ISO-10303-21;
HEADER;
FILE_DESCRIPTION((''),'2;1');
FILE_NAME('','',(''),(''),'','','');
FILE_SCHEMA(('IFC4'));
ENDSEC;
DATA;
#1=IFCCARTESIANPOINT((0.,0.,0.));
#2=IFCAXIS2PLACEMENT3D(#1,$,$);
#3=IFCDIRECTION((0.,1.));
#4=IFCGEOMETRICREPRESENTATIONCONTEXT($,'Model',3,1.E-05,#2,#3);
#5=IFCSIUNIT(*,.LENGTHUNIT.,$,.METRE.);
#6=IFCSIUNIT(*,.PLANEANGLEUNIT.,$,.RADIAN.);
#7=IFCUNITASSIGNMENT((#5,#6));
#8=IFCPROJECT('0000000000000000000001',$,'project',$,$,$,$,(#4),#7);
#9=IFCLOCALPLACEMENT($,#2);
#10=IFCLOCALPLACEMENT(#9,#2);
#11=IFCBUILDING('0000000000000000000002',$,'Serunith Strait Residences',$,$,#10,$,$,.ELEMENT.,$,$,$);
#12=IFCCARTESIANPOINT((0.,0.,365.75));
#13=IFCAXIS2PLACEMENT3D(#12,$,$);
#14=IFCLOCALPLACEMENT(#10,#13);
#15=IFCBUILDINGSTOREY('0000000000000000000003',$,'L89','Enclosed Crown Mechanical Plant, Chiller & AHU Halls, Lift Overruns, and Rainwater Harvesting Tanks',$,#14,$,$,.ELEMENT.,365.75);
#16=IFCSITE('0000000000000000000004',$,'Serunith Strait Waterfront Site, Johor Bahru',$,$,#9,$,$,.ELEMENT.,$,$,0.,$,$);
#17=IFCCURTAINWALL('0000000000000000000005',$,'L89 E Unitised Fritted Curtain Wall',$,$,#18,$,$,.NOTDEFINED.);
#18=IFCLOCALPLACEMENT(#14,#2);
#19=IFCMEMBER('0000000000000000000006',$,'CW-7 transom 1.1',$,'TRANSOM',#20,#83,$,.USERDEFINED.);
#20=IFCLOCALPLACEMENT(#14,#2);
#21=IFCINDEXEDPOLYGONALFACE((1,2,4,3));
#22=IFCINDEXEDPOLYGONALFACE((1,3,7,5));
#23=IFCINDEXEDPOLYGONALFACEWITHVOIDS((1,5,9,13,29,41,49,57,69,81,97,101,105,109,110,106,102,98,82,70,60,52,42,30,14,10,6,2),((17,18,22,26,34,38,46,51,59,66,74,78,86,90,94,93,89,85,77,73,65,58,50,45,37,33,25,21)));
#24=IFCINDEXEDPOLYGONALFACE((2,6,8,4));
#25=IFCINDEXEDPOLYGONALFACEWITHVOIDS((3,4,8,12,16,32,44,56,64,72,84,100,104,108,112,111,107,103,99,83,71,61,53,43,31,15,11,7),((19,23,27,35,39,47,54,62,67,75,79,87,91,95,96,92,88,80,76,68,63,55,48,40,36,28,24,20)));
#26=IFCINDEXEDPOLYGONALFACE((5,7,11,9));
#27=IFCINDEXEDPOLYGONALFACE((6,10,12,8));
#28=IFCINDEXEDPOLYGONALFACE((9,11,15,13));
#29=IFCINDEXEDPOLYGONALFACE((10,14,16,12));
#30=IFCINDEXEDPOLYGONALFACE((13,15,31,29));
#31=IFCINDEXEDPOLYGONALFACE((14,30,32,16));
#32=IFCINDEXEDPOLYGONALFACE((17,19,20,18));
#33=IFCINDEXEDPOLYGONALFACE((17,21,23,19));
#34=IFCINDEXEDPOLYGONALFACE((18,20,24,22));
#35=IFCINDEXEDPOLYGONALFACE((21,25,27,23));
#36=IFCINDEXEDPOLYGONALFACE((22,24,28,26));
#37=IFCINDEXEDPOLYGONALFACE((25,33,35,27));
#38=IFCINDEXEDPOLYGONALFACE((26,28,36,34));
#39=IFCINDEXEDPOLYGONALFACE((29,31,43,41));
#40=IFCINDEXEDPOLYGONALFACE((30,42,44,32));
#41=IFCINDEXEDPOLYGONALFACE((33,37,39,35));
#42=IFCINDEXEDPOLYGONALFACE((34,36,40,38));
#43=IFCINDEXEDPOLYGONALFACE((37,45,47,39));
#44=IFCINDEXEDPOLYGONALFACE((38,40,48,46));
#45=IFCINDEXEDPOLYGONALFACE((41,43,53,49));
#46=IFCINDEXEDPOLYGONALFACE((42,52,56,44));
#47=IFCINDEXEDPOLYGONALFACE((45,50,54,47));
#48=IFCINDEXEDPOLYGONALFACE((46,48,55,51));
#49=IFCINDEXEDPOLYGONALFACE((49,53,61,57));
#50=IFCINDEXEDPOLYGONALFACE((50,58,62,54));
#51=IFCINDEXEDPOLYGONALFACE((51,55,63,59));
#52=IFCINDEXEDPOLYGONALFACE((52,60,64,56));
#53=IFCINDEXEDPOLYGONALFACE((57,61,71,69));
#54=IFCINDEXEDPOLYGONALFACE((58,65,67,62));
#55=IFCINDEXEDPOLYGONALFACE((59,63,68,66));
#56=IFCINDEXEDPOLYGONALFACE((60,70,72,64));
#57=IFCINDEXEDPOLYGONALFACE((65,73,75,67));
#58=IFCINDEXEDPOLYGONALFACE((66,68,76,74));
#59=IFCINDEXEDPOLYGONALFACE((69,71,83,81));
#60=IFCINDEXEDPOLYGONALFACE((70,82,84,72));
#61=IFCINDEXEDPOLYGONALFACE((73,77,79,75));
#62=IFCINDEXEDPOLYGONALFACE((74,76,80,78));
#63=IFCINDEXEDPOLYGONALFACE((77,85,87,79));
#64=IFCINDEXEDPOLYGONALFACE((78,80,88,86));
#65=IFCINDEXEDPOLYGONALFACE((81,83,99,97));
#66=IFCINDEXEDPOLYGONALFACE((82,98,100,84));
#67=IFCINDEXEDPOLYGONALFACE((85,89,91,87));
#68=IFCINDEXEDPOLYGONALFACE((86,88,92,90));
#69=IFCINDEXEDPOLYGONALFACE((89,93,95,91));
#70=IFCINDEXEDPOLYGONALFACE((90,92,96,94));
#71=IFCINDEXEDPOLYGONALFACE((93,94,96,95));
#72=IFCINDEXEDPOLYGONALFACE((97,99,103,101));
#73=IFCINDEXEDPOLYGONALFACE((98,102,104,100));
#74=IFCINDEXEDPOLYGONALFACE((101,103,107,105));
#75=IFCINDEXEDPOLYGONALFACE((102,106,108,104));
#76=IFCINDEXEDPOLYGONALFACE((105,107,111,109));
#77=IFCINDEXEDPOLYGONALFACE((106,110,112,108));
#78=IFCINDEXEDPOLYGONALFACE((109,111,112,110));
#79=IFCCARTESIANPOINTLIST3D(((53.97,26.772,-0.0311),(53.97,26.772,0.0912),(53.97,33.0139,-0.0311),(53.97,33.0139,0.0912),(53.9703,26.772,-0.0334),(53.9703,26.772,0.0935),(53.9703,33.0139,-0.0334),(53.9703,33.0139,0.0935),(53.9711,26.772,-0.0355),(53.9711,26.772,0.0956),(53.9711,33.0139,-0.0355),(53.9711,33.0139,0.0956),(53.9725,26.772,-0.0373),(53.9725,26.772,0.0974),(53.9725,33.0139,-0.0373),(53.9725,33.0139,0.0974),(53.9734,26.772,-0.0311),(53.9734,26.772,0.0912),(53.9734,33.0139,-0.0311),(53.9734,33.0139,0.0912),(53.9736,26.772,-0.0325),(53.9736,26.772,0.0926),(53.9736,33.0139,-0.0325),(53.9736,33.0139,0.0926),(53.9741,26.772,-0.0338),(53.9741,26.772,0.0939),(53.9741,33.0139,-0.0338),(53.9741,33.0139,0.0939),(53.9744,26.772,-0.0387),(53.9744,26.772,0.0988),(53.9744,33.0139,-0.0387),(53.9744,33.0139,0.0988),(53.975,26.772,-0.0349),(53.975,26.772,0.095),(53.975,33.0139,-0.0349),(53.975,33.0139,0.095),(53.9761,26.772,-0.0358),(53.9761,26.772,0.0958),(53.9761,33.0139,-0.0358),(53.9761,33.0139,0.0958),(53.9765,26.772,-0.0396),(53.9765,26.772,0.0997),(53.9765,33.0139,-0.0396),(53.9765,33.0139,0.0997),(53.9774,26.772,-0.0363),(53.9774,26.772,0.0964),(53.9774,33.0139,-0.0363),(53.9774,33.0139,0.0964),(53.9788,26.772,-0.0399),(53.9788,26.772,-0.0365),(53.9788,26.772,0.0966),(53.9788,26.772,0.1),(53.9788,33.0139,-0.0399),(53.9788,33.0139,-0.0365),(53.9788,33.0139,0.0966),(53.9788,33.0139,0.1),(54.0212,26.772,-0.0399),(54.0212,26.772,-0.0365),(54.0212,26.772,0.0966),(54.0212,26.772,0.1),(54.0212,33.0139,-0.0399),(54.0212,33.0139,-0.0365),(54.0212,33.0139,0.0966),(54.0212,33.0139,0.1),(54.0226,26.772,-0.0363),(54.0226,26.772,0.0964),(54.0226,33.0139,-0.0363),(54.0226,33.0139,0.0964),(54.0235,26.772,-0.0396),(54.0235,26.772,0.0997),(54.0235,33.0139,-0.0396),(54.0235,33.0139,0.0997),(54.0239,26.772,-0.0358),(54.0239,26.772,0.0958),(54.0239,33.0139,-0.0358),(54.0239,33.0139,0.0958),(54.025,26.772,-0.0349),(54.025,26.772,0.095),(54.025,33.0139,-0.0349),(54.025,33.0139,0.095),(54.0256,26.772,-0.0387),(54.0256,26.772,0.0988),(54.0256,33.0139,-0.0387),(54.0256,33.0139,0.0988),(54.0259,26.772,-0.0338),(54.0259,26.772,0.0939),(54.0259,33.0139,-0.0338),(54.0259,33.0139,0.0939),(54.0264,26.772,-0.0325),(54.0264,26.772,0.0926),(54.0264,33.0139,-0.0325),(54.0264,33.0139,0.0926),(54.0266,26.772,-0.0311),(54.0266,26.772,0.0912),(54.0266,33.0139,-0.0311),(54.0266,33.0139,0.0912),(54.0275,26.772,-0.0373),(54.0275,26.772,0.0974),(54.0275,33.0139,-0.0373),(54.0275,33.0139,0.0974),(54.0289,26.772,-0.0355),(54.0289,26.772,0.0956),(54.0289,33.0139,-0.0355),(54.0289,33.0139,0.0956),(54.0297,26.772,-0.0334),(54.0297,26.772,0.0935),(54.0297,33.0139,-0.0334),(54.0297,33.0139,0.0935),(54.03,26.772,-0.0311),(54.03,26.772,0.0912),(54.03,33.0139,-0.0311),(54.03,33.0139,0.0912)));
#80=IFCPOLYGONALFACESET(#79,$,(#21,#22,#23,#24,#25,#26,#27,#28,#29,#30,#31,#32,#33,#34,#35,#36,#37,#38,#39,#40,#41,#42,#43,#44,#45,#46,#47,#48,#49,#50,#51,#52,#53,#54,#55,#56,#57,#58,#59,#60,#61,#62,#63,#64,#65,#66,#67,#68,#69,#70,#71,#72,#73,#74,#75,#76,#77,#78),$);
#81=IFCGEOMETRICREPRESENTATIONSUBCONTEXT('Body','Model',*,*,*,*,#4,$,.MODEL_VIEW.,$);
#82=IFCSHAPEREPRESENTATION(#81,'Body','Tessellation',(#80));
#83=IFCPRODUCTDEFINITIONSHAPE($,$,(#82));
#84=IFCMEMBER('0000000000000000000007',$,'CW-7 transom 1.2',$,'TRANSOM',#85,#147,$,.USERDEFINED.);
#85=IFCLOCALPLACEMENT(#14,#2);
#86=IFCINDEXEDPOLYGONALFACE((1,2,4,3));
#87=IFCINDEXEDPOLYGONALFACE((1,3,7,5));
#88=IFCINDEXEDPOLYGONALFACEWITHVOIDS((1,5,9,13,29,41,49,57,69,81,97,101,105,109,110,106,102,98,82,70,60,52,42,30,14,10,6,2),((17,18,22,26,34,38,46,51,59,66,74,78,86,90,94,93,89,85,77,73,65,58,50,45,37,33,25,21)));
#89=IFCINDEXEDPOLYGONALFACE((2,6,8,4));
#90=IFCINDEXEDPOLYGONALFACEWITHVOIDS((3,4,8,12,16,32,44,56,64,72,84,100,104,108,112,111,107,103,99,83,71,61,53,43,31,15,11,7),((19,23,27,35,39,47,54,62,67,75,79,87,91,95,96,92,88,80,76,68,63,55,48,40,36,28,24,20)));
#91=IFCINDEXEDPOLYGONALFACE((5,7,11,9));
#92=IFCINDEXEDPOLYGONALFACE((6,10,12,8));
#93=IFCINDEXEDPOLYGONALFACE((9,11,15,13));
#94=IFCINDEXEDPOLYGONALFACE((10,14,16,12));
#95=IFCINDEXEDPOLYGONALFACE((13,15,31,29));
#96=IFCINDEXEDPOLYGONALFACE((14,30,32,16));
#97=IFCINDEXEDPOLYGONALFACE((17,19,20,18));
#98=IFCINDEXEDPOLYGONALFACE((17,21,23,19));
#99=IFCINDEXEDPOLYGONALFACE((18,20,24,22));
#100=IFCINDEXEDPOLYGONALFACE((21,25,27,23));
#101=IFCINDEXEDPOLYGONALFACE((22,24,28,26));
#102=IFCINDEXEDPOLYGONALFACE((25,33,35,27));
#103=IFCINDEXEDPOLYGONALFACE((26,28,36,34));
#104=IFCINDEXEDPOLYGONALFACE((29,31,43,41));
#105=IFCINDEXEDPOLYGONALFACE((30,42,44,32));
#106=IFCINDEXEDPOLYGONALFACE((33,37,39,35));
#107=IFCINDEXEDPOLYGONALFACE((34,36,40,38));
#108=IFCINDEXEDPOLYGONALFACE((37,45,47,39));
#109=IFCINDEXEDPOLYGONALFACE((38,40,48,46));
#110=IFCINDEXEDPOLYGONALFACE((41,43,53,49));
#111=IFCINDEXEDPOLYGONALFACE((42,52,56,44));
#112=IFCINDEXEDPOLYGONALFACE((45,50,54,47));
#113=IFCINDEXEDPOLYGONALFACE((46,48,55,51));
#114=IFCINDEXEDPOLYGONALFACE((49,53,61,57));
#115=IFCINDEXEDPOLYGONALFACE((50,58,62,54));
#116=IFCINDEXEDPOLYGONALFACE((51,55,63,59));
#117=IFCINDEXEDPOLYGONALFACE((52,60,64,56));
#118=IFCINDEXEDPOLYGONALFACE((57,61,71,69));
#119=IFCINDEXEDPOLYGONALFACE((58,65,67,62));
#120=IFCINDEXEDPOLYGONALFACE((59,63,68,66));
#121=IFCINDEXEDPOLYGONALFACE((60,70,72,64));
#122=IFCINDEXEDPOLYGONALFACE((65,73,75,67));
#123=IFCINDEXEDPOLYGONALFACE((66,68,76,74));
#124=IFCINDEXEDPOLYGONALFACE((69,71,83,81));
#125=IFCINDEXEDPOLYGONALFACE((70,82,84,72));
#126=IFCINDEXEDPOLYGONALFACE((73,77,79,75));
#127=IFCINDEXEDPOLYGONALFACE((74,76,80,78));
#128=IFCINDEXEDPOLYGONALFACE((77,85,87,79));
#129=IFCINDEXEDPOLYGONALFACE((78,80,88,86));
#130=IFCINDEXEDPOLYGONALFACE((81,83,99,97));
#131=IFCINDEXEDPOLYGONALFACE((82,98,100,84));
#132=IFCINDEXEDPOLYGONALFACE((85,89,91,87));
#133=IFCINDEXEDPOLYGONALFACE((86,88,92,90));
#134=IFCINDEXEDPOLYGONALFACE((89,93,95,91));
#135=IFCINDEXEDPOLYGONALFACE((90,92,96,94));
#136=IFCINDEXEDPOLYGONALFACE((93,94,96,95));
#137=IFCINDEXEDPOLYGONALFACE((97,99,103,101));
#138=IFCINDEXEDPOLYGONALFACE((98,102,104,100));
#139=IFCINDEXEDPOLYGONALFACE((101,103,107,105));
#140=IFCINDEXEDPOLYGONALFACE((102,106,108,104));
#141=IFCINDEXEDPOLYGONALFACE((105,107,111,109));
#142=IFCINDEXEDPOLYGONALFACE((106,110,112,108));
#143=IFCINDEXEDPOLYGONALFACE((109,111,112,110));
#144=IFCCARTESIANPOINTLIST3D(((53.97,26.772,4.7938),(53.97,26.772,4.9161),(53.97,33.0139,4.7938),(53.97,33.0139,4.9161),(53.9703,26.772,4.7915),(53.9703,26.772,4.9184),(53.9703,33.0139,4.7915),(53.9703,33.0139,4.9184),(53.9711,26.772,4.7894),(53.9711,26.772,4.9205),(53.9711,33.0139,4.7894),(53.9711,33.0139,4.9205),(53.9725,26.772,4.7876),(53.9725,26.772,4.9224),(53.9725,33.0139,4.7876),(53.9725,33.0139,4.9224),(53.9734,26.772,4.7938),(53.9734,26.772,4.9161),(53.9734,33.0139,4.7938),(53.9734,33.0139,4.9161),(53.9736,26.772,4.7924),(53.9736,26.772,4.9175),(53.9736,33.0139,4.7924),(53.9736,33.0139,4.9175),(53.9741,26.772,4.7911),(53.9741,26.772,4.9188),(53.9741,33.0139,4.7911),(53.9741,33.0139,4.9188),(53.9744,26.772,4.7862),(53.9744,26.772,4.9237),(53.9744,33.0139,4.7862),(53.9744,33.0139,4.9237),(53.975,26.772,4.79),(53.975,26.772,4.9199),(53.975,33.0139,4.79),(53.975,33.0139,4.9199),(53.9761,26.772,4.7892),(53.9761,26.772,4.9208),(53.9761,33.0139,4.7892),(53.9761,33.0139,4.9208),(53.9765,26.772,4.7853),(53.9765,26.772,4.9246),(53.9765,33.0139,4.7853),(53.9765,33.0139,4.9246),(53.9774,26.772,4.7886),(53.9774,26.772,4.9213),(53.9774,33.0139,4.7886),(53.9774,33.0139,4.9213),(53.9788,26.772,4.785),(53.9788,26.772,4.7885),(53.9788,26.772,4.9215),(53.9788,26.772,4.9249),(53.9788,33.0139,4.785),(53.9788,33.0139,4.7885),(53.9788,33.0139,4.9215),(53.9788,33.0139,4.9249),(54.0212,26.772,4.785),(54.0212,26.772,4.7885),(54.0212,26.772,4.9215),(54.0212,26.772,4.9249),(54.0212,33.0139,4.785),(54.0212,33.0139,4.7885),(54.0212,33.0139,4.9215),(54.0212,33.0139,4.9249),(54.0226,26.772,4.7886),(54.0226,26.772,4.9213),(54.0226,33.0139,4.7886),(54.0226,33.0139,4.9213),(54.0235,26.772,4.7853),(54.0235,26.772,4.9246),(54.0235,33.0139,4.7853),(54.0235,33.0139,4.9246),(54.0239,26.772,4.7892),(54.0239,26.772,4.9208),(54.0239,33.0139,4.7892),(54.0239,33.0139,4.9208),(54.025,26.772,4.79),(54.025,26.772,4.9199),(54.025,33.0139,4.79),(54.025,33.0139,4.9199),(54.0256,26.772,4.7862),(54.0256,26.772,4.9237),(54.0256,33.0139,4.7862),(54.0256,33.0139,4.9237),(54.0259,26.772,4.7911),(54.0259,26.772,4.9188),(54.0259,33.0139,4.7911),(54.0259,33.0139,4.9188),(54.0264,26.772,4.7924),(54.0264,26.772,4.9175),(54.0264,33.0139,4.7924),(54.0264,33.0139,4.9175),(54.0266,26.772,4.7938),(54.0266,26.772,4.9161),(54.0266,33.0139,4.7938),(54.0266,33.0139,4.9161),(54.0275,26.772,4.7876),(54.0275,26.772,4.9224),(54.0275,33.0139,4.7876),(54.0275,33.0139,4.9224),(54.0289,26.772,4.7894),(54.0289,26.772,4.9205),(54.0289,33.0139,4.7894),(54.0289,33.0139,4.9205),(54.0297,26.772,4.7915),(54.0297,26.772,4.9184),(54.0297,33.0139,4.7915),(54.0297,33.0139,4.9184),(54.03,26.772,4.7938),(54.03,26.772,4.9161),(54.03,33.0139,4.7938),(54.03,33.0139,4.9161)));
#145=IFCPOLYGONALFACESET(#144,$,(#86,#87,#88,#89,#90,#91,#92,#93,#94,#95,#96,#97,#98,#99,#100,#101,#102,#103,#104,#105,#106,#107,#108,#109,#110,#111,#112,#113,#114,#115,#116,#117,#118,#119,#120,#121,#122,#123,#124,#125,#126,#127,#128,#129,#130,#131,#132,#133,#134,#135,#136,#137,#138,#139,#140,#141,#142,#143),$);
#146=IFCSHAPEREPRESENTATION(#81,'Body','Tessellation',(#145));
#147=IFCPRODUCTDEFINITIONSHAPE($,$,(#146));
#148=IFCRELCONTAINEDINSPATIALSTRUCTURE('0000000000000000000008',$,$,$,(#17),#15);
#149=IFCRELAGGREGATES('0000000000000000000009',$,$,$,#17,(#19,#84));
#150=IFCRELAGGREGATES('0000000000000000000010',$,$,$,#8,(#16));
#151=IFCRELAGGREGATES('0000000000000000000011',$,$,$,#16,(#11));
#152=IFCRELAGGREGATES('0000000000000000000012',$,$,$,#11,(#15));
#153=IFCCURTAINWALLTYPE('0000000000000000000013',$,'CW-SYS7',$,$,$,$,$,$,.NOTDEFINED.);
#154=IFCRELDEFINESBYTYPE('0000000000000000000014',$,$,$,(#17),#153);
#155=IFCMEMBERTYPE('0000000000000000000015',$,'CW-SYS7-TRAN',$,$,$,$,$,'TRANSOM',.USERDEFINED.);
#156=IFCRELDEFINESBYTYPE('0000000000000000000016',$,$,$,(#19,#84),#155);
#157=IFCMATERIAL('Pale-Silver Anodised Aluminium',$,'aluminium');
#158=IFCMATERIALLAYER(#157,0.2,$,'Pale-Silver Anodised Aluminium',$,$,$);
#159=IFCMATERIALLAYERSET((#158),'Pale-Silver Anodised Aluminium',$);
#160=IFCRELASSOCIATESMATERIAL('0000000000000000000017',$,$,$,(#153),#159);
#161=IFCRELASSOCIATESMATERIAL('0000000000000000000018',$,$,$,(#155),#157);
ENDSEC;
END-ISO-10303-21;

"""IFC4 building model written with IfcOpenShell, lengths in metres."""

from ifc_helpers import new_model, si_unit, direction, frame, origin, origin_2d, place, context, subcontext, project, spatial, hollow_rectangle, extrude, source, transform, mapped, material, layer, layer_set, material_profile, profile_set, type_object, element, aggregate, save


model = new_model("IFC4")

# Units and contexts
model_context = context("Model", 3, precision=1e-05, world=origin(), true_north=direction((0.0, 1.0)))
body_context = subcontext(model_context, "Body", "Model", "MODEL_VIEW")
ifc_project = project(units=[si_unit("LENGTHUNIT", "METRE"), si_unit("PLANEANGLEUNIT", "RADIAN")], contexts=[model_context])

# Site, building, storey
site_placement = place(None, origin())
site = spatial("IfcSite", under=ifc_project, at=site_placement, Name="Serunith Strait Waterfront Site, Johor Bahru", CompositionType="ELEMENT", RefElevation=0.0)
building_placement = place(site_placement, origin())
building = spatial("IfcBuilding", under=site, at=building_placement, Name="Serunith Strait Residences", CompositionType="ELEMENT")
storey_placement = place(building_placement, frame((0.0, 0.0, 365.75)))
storey = spatial("IfcBuildingStorey", under=building, at=storey_placement, Name="L89", Description="Enclosed Crown Mechanical Plant, Chiller & AHU Halls, Lift Overruns, and Rainwater Harvesting Tanks", CompositionType="ELEMENT", Elevation=365.75)

# Curtain wall
ifc_material_1 = material(Name="Pale-Silver Anodised Aluminium", Category="aluminium")
ifc_layer_1 = layer(ifc_material_1, 0.2, Name="Pale-Silver Anodised Aluminium")
ifc_layer_set_1 = layer_set([ifc_layer_1], Name="Pale-Silver Anodised Aluminium")
curtain_wall_type = type_object("IfcCurtainWallType", Name="CW-SYS7", PredefinedType="NOTDEFINED", material=ifc_layer_set_1)
curtain_wall_1_placement = place(storey_placement, origin())
curtain_wall_1 = element("IfcCurtainWall", 1, at=curtain_wall_1_placement, inside=storey, type_object=curtain_wall_type, Name="L89 E Unitised Fritted Curtain Wall", PredefinedType="NOTDEFINED")
ifc_material_profile_1 = material_profile(ifc_material_1, hollow_rectangle(XDim=0.0601, YDim=0.1399, WallThickness=0.0034, InnerFilletRadius=0.0054, OuterFilletRadius=0.0088, at=origin_2d()), Name="ALU 140x60x3.5")
ifc_profile_set_1 = profile_set([ifc_material_profile_1], Name="Pale-Silver Anodised Aluminium")
member_type_1 = type_object("IfcMemberType", Name="CW-SYS7-TRAN", ElementType="TRANSOM", PredefinedType="USERDEFINED", material=ifc_profile_set_1)

# Members
shared_shape_1 = source(origin(), body_context, "Body", "SweptSolid", [
    extrude(hollow_rectangle(XDim=0.0601, YDim=0.1399, WallThickness=0.0034, InnerFilletRadius=0.0054, OuterFilletRadius=0.0088, at=origin_2d()), origin(), (0.0, 0.0, 1.0), 6.2419),
])
member_1_placement = place(storey_placement, frame((54.0, 26.772, 0.03), z_axis=(0.0, 1.0, 0.0), x_axis=(-1.0, 0.0, 0.0)))
member_1 = element("IfcMember", 2, at=member_1_placement, type_object=member_type_1, Name="CW-7 transom 1.1", ObjectType="TRANSOM", PredefinedType="USERDEFINED", context=body_context, shape_type="MappedRepresentation", body=[
    mapped(shared_shape_1, transform((0.0, 0.0, 0.0), scale=1.0)),
])
member_2_placement = place(storey_placement, frame((54.0, 26.772, 4.855), z_axis=(0.0, 1.0, 0.0), x_axis=(-1.0, 0.0, 0.0)))
member_2 = element("IfcMember", 3, at=member_2_placement, type_object=member_type_1, Name="CW-7 transom 1.2", ObjectType="TRANSOM", PredefinedType="USERDEFINED", context=body_context, shape_type="MappedRepresentation", body=[
    mapped(shared_shape_1, transform((0.0, 0.0, 0.0), scale=1.0)),
])

aggregate(curtain_wall_1, [member_1, member_2])

save(model, "model.ifc")
